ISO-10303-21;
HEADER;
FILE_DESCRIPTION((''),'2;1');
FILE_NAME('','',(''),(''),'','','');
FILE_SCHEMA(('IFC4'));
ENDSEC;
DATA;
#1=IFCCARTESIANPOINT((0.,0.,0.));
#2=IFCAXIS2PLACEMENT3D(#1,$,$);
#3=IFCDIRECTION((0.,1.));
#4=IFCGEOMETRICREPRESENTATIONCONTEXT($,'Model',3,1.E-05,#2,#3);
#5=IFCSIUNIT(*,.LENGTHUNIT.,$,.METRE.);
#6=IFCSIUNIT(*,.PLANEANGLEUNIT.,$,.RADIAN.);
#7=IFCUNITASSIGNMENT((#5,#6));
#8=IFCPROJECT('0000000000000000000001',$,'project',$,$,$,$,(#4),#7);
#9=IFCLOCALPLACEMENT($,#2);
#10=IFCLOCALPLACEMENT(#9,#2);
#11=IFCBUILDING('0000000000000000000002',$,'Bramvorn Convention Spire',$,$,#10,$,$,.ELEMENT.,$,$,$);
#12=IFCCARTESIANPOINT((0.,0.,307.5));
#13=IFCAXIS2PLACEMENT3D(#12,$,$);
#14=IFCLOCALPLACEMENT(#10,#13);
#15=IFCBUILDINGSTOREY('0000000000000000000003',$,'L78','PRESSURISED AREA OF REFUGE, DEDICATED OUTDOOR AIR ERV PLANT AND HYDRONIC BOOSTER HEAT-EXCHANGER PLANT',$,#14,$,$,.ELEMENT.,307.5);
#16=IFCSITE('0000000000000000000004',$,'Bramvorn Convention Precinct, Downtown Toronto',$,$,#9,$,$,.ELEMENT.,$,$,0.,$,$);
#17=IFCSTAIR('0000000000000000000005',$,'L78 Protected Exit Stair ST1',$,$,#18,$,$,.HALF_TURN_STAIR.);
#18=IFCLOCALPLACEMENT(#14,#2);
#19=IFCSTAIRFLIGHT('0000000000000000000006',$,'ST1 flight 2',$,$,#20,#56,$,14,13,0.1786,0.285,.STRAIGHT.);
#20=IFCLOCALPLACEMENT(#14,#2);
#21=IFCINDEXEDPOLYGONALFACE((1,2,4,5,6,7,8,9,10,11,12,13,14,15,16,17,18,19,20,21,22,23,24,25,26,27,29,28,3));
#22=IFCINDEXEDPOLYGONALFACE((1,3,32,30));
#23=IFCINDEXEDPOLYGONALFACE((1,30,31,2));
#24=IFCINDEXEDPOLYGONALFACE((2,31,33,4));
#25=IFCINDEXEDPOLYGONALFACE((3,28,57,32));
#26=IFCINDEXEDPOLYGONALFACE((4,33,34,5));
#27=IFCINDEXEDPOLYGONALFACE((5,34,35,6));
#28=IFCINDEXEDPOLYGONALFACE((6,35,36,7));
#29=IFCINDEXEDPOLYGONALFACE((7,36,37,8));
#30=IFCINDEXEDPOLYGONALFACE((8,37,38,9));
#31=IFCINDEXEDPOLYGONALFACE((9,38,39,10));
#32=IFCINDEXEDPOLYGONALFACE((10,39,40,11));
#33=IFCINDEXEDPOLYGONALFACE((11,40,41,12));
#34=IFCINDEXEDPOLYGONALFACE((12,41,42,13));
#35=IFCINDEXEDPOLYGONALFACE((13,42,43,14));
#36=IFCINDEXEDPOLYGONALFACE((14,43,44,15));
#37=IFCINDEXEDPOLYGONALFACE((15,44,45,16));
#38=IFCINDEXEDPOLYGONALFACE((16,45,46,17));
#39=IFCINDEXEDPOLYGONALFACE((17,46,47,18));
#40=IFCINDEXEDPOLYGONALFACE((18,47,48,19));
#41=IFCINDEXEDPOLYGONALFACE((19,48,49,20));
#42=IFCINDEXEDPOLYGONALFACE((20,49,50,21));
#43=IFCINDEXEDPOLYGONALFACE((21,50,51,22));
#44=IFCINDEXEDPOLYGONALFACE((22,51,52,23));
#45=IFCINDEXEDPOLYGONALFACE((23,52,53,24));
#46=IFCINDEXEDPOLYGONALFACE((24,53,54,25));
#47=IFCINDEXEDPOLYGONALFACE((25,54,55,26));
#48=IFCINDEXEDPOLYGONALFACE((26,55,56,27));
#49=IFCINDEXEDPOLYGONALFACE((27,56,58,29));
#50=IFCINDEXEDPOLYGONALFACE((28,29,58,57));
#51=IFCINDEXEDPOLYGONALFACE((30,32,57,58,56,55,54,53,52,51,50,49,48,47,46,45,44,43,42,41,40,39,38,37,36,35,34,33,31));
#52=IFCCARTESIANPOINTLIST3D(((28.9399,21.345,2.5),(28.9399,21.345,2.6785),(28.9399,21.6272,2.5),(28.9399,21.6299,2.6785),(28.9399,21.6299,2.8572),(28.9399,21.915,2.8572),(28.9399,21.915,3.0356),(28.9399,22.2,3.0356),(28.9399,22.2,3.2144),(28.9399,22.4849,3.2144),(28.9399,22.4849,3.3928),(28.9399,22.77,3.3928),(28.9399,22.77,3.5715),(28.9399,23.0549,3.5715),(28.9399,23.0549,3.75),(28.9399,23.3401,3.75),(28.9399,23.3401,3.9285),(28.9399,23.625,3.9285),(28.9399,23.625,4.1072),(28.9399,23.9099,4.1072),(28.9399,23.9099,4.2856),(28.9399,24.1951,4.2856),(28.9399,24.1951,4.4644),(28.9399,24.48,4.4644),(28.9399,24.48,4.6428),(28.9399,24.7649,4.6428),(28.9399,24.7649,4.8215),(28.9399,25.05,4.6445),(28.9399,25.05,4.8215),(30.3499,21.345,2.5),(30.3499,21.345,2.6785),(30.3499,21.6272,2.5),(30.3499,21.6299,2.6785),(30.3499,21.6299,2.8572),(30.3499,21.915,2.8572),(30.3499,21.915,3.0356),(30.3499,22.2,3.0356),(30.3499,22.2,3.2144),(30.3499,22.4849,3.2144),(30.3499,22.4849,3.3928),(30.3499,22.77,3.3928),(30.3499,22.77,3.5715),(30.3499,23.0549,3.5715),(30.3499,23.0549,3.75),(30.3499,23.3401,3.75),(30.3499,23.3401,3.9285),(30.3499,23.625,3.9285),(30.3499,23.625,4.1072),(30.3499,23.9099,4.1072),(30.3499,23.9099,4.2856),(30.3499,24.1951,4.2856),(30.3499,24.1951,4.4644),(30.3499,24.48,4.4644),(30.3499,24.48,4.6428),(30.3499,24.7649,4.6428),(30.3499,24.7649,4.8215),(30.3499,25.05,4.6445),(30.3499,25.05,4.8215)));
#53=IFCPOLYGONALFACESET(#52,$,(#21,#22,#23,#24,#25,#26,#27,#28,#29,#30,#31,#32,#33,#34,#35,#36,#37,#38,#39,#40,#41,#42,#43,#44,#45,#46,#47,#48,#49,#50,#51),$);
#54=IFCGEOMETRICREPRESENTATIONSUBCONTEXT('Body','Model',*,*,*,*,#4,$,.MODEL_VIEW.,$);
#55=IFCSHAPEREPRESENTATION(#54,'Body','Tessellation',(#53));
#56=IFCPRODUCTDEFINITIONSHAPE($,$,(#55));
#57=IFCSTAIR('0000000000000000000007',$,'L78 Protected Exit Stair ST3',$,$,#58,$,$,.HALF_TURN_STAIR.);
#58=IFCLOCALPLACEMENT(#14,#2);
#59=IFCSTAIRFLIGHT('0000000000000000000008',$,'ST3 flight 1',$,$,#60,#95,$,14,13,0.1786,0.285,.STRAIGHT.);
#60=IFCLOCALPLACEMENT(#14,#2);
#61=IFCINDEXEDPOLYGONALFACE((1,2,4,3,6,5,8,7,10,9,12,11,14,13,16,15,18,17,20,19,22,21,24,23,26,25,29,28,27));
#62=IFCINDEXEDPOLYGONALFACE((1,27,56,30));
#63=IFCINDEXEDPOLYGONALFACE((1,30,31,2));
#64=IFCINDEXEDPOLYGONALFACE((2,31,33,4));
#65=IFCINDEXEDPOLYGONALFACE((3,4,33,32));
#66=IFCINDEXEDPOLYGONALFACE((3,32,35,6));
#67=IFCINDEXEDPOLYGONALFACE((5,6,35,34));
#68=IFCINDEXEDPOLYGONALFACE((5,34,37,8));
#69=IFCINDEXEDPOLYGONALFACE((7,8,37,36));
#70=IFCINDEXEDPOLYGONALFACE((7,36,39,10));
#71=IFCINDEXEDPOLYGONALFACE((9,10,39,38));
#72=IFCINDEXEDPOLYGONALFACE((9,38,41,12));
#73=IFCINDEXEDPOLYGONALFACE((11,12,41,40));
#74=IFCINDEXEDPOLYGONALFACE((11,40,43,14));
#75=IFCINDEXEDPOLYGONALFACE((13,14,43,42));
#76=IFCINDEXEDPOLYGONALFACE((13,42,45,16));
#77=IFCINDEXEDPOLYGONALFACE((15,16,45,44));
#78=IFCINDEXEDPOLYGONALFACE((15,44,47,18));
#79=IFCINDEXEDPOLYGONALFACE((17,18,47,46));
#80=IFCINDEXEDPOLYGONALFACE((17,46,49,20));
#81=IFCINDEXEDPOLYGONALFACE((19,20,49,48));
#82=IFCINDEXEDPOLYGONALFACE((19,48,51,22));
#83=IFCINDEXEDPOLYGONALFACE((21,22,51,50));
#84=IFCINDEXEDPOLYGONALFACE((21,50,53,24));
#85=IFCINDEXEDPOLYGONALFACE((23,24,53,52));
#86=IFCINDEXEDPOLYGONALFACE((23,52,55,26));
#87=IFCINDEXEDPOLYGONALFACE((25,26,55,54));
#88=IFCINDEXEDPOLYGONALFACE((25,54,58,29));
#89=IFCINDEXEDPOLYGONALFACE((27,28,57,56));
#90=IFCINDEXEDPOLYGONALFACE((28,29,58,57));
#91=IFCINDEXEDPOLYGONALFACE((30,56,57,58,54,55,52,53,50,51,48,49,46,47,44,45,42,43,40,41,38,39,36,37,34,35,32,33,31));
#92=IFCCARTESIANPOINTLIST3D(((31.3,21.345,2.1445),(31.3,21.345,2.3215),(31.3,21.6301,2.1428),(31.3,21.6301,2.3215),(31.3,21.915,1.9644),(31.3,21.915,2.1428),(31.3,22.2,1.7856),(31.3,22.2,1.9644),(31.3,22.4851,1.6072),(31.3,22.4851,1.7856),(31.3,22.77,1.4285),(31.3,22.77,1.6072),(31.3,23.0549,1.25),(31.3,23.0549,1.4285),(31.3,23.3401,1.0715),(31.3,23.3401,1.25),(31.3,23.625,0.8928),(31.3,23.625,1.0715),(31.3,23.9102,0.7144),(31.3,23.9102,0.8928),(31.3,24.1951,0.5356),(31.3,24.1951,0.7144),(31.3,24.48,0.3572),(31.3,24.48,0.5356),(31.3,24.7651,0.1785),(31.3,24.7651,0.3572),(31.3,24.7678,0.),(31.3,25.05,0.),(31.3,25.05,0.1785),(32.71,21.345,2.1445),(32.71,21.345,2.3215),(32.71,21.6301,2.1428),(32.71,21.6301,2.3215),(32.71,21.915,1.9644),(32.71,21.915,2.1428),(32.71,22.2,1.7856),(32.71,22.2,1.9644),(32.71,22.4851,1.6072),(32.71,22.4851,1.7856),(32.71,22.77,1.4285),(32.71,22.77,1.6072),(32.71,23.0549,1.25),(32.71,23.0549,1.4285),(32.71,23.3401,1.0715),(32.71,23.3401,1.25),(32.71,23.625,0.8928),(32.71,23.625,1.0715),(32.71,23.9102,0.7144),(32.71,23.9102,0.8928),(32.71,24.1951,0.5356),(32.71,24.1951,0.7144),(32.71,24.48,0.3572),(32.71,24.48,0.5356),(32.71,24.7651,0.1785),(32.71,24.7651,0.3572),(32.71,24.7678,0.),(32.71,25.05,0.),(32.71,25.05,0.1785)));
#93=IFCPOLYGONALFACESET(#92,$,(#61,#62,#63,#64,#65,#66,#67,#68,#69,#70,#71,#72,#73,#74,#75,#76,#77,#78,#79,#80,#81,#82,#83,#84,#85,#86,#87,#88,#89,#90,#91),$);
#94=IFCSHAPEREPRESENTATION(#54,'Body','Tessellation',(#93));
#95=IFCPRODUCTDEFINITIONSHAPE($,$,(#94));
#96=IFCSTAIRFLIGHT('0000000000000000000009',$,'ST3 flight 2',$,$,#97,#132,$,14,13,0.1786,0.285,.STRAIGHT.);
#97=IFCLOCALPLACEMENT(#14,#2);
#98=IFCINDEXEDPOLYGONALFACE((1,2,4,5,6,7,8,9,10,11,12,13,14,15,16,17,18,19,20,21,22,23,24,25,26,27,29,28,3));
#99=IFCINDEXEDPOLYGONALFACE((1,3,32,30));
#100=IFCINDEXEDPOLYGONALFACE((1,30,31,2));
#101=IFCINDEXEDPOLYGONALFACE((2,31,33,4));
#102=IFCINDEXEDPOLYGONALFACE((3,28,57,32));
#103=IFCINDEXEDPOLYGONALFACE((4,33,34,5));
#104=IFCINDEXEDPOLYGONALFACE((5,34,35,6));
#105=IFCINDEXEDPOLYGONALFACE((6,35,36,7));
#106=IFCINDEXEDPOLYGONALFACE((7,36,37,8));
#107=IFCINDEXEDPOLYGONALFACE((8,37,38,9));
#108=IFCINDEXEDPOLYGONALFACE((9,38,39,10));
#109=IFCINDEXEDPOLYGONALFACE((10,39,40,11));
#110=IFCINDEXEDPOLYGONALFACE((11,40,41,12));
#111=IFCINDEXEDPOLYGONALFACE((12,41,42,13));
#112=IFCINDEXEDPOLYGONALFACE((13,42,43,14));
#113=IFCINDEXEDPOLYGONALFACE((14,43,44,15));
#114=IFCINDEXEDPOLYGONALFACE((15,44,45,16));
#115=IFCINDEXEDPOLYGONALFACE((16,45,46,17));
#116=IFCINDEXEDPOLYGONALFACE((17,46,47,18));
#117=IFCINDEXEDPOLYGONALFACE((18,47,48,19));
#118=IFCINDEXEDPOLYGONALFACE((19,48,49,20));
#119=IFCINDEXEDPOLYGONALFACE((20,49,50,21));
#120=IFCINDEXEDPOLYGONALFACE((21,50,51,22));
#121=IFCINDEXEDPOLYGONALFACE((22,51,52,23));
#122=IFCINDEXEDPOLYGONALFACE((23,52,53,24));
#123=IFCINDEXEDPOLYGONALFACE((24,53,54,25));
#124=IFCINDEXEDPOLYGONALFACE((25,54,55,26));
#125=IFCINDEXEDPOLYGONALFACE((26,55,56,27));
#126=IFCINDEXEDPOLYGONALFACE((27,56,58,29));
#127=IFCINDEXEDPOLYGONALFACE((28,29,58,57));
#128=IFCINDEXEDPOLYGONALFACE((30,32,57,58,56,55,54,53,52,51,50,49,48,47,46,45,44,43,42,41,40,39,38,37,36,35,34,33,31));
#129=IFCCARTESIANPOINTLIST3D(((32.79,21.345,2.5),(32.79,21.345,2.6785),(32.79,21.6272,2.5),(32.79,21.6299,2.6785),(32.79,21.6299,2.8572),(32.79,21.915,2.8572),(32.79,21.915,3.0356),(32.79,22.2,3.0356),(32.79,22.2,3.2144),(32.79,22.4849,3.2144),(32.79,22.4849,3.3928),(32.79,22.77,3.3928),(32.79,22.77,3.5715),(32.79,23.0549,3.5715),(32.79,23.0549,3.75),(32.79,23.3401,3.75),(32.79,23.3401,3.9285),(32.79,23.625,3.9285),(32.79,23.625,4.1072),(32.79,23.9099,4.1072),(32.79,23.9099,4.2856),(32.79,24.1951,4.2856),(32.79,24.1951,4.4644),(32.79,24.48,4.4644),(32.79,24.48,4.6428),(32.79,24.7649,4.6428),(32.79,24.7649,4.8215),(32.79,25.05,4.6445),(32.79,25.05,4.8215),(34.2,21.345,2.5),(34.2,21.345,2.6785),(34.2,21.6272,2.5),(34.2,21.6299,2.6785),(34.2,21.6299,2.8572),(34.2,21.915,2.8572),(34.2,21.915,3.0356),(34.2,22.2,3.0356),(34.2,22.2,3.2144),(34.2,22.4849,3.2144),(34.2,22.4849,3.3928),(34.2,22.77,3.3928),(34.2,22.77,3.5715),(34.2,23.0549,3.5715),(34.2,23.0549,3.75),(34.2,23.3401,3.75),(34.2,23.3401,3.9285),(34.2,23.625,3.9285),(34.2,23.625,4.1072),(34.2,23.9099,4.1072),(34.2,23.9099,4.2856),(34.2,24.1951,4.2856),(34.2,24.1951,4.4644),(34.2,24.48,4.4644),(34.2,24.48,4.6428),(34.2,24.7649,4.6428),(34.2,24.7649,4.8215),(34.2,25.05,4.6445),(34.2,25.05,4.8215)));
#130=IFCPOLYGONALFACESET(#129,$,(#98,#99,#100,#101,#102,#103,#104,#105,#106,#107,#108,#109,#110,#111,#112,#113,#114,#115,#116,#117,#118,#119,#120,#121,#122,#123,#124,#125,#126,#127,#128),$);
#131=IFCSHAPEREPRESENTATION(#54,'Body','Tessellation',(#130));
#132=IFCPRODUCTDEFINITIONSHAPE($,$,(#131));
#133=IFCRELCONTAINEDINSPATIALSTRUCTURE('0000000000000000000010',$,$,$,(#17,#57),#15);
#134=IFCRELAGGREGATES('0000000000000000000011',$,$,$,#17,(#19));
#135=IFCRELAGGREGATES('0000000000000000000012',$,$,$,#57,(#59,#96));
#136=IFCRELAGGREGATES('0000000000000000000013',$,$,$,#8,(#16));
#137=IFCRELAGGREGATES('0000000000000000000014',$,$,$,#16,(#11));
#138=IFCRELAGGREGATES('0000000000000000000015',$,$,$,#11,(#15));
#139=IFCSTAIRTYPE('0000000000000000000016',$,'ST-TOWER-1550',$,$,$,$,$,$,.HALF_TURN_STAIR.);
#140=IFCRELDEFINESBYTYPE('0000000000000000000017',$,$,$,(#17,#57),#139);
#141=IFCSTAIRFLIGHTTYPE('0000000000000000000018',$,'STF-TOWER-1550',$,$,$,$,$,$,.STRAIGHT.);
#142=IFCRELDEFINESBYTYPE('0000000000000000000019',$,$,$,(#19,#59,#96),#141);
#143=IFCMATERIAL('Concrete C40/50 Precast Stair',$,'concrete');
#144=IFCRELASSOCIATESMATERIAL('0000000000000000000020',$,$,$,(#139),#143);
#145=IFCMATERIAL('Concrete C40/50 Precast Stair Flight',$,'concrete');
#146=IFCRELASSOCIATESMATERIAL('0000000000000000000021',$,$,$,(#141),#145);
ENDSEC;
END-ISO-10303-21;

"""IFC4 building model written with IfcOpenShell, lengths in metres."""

from ifc_helpers import new_model, si_unit, direction, frame, origin, place, context, subcontext, project, spatial, polyline, outline, extrude, material, type_object, element, aggregate, save


model = new_model("IFC4")

# Units and contexts
model_context = context("Model", 3, precision=1e-05, world=origin(), true_north=direction((0.0, 1.0)))
body_context = subcontext(model_context, "Body", "Model", "MODEL_VIEW")
ifc_project = project(units=[si_unit("LENGTHUNIT", "METRE"), si_unit("PLANEANGLEUNIT", "RADIAN")], contexts=[model_context])

# Site, building, storey
site_placement = place(None, origin())
site = spatial("IfcSite", under=ifc_project, at=site_placement, Name="Bramvorn Convention Precinct, Downtown Toronto", CompositionType="ELEMENT", RefElevation=0.0)
building_placement = place(site_placement, origin())
building = spatial("IfcBuilding", under=site, at=building_placement, Name="Bramvorn Convention Spire", CompositionType="ELEMENT")
storey_placement = place(building_placement, frame((0.0, 0.0, 307.5)))
storey = spatial("IfcBuildingStorey", under=building, at=storey_placement, Name="L78", Description="PRESSURISED AREA OF REFUGE, DEDICATED OUTDOOR AIR ERV PLANT AND HYDRONIC BOOSTER HEAT-EXCHANGER PLANT", CompositionType="ELEMENT", Elevation=307.5)

# Stairs, stair flights
ifc_material_1 = material(Name="Concrete C40/50 Precast Stair", Category="concrete")
stair_type = type_object("IfcStairType", Name="ST-TOWER-1550", PredefinedType="HALF_TURN_STAIR", material=ifc_material_1)
stair_1_placement = place(storey_placement, origin())
stair_1 = element("IfcStair", 1, at=stair_1_placement, inside=storey, type_object=stair_type, Name="L78 Protected Exit Stair ST1", PredefinedType="HALF_TURN_STAIR")
ifc_material_2 = material(Name="Concrete C40/50 Precast Stair Flight", Category="concrete")
stair_flight_type = type_object("IfcStairFlightType", Name="STF-TOWER-1550", PredefinedType="STRAIGHT", material=ifc_material_2)
stair_flight_1_placement = place(storey_placement, frame((29.645, 21.345, 2.5), z_axis=(0.0, 0.0, 1.0), x_axis=(0.0, 1.0, 0.0)))
stair_flight_1 = element("IfcStairFlight", 2, at=stair_flight_1_placement, type_object=stair_flight_type, Name="ST1 flight 2", NumberOfRisers=14, NumberOfTreads=13, PredefinedType="STRAIGHT", RiserHeight=0.1786, TreadLength=0.285, context=body_context, shape_type="SweptSolid", body=[
    extrude(outline(polyline([(0.0, 0.0), (0.0, 0.1785), (0.2849, 0.1785), (0.2849, 0.3572), (0.5701, 0.3572), (0.5701, 0.5356), (0.855, 0.5356), (0.855, 0.7144), (1.1399, 0.7144), (1.1399, 0.8928), (1.425, 0.8928), (1.425, 1.0715), (1.71, 1.0715), (1.71, 1.25), (1.9951, 1.25), (1.9951, 1.4285), (2.28, 1.4285), (2.28, 1.6072), (2.5649, 1.6072), (2.5649, 1.7856), (2.8501, 1.7856), (2.8501, 1.9644), (3.135, 1.9644), (3.135, 2.1428), (3.4199, 2.1428), (3.4199, 2.3215), (3.7051, 2.3215), (3.7051, 2.5), (3.7051, 2.1445), (0.2822, 0.0), (0.0, 0.0)])), frame((0.0, 0.7051, 0.0), z_axis=(0.0, -1.0, 0.0), x_axis=(1.0, 0.0, 0.0)), (0.0, 0.0, 1.0), 1.4099),
])
aggregate(stair_1, [stair_flight_1])
stair_2_placement = place(storey_placement, origin())
stair_2 = element("IfcStair", 3, at=stair_2_placement, inside=storey, type_object=stair_type, Name="L78 Protected Exit Stair ST3", PredefinedType="HALF_TURN_STAIR")
stair_flight_2_placement = place(storey_placement, frame((32.0049, 25.05, 0.0), z_axis=(0.0, 0.0, 1.0), x_axis=(0.0, -1.0, 0.0)))
stair_flight_2 = element("IfcStairFlight", 4, at=stair_flight_2_placement, type_object=stair_flight_type, Name="ST3 flight 1", NumberOfRisers=14, NumberOfTreads=13, PredefinedType="STRAIGHT", RiserHeight=0.1786, TreadLength=0.285, context=body_context, shape_type="SweptSolid", body=[
    extrude(outline(polyline([(0.0, 0.0), (0.0, 0.1785), (0.2849, 0.1785), (0.2849, 0.3572), (0.5701, 0.3572), (0.5701, 0.5356), (0.855, 0.5356), (0.855, 0.7144), (1.1399, 0.7144), (1.1399, 0.8928), (1.425, 0.8928), (1.425, 1.0715), (1.71, 1.0715), (1.71, 1.25), (1.9951, 1.25), (1.9951, 1.4285), (2.28, 1.4285), (2.28, 1.6072), (2.5649, 1.6072), (2.5649, 1.7856), (2.8501, 1.7856), (2.8501, 1.9644), (3.135, 1.9644), (3.135, 2.1428), (3.4199, 2.1428), (3.4199, 2.3215), (3.7051, 2.3215), (3.7051, 2.5), (3.7051, 2.1445), (0.2822, 0.0), (0.0, 0.0)])), frame((0.0, 0.7051, 0.0), z_axis=(0.0, -1.0, 0.0), x_axis=(1.0, 0.0, 0.0)), (0.0, 0.0, 1.0), 1.4099),
])
stair_flight_3_placement = place(storey_placement, frame((33.4951, 21.345, 2.5), z_axis=(0.0, 0.0, 1.0), x_axis=(0.0, 1.0, 0.0)))
stair_flight_3 = element("IfcStairFlight", 5, at=stair_flight_3_placement, type_object=stair_flight_type, Name="ST3 flight 2", NumberOfRisers=14, NumberOfTreads=13, PredefinedType="STRAIGHT", RiserHeight=0.1786, TreadLength=0.285, context=body_context, shape_type="SweptSolid", body=[
    extrude(outline(polyline([(0.0, 0.0), (0.0, 0.1785), (0.2849, 0.1785), (0.2849, 0.3572), (0.5701, 0.3572), (0.5701, 0.5356), (0.855, 0.5356), (0.855, 0.7144), (1.1399, 0.7144), (1.1399, 0.8928), (1.425, 0.8928), (1.425, 1.0715), (1.71, 1.0715), (1.71, 1.25), (1.9951, 1.25), (1.9951, 1.4285), (2.28, 1.4285), (2.28, 1.6072), (2.5649, 1.6072), (2.5649, 1.7856), (2.8501, 1.7856), (2.8501, 1.9644), (3.135, 1.9644), (3.135, 2.1428), (3.4199, 2.1428), (3.4199, 2.3215), (3.7051, 2.3215), (3.7051, 2.5), (3.7051, 2.1445), (0.2822, 0.0), (0.0, 0.0)])), frame((0.0, 0.7051, 0.0), z_axis=(0.0, -1.0, 0.0), x_axis=(1.0, 0.0, 0.0)), (0.0, 0.0, 1.0), 1.4099),
])
aggregate(stair_2, [stair_flight_2, stair_flight_3])

save(model, "model.ifc")
